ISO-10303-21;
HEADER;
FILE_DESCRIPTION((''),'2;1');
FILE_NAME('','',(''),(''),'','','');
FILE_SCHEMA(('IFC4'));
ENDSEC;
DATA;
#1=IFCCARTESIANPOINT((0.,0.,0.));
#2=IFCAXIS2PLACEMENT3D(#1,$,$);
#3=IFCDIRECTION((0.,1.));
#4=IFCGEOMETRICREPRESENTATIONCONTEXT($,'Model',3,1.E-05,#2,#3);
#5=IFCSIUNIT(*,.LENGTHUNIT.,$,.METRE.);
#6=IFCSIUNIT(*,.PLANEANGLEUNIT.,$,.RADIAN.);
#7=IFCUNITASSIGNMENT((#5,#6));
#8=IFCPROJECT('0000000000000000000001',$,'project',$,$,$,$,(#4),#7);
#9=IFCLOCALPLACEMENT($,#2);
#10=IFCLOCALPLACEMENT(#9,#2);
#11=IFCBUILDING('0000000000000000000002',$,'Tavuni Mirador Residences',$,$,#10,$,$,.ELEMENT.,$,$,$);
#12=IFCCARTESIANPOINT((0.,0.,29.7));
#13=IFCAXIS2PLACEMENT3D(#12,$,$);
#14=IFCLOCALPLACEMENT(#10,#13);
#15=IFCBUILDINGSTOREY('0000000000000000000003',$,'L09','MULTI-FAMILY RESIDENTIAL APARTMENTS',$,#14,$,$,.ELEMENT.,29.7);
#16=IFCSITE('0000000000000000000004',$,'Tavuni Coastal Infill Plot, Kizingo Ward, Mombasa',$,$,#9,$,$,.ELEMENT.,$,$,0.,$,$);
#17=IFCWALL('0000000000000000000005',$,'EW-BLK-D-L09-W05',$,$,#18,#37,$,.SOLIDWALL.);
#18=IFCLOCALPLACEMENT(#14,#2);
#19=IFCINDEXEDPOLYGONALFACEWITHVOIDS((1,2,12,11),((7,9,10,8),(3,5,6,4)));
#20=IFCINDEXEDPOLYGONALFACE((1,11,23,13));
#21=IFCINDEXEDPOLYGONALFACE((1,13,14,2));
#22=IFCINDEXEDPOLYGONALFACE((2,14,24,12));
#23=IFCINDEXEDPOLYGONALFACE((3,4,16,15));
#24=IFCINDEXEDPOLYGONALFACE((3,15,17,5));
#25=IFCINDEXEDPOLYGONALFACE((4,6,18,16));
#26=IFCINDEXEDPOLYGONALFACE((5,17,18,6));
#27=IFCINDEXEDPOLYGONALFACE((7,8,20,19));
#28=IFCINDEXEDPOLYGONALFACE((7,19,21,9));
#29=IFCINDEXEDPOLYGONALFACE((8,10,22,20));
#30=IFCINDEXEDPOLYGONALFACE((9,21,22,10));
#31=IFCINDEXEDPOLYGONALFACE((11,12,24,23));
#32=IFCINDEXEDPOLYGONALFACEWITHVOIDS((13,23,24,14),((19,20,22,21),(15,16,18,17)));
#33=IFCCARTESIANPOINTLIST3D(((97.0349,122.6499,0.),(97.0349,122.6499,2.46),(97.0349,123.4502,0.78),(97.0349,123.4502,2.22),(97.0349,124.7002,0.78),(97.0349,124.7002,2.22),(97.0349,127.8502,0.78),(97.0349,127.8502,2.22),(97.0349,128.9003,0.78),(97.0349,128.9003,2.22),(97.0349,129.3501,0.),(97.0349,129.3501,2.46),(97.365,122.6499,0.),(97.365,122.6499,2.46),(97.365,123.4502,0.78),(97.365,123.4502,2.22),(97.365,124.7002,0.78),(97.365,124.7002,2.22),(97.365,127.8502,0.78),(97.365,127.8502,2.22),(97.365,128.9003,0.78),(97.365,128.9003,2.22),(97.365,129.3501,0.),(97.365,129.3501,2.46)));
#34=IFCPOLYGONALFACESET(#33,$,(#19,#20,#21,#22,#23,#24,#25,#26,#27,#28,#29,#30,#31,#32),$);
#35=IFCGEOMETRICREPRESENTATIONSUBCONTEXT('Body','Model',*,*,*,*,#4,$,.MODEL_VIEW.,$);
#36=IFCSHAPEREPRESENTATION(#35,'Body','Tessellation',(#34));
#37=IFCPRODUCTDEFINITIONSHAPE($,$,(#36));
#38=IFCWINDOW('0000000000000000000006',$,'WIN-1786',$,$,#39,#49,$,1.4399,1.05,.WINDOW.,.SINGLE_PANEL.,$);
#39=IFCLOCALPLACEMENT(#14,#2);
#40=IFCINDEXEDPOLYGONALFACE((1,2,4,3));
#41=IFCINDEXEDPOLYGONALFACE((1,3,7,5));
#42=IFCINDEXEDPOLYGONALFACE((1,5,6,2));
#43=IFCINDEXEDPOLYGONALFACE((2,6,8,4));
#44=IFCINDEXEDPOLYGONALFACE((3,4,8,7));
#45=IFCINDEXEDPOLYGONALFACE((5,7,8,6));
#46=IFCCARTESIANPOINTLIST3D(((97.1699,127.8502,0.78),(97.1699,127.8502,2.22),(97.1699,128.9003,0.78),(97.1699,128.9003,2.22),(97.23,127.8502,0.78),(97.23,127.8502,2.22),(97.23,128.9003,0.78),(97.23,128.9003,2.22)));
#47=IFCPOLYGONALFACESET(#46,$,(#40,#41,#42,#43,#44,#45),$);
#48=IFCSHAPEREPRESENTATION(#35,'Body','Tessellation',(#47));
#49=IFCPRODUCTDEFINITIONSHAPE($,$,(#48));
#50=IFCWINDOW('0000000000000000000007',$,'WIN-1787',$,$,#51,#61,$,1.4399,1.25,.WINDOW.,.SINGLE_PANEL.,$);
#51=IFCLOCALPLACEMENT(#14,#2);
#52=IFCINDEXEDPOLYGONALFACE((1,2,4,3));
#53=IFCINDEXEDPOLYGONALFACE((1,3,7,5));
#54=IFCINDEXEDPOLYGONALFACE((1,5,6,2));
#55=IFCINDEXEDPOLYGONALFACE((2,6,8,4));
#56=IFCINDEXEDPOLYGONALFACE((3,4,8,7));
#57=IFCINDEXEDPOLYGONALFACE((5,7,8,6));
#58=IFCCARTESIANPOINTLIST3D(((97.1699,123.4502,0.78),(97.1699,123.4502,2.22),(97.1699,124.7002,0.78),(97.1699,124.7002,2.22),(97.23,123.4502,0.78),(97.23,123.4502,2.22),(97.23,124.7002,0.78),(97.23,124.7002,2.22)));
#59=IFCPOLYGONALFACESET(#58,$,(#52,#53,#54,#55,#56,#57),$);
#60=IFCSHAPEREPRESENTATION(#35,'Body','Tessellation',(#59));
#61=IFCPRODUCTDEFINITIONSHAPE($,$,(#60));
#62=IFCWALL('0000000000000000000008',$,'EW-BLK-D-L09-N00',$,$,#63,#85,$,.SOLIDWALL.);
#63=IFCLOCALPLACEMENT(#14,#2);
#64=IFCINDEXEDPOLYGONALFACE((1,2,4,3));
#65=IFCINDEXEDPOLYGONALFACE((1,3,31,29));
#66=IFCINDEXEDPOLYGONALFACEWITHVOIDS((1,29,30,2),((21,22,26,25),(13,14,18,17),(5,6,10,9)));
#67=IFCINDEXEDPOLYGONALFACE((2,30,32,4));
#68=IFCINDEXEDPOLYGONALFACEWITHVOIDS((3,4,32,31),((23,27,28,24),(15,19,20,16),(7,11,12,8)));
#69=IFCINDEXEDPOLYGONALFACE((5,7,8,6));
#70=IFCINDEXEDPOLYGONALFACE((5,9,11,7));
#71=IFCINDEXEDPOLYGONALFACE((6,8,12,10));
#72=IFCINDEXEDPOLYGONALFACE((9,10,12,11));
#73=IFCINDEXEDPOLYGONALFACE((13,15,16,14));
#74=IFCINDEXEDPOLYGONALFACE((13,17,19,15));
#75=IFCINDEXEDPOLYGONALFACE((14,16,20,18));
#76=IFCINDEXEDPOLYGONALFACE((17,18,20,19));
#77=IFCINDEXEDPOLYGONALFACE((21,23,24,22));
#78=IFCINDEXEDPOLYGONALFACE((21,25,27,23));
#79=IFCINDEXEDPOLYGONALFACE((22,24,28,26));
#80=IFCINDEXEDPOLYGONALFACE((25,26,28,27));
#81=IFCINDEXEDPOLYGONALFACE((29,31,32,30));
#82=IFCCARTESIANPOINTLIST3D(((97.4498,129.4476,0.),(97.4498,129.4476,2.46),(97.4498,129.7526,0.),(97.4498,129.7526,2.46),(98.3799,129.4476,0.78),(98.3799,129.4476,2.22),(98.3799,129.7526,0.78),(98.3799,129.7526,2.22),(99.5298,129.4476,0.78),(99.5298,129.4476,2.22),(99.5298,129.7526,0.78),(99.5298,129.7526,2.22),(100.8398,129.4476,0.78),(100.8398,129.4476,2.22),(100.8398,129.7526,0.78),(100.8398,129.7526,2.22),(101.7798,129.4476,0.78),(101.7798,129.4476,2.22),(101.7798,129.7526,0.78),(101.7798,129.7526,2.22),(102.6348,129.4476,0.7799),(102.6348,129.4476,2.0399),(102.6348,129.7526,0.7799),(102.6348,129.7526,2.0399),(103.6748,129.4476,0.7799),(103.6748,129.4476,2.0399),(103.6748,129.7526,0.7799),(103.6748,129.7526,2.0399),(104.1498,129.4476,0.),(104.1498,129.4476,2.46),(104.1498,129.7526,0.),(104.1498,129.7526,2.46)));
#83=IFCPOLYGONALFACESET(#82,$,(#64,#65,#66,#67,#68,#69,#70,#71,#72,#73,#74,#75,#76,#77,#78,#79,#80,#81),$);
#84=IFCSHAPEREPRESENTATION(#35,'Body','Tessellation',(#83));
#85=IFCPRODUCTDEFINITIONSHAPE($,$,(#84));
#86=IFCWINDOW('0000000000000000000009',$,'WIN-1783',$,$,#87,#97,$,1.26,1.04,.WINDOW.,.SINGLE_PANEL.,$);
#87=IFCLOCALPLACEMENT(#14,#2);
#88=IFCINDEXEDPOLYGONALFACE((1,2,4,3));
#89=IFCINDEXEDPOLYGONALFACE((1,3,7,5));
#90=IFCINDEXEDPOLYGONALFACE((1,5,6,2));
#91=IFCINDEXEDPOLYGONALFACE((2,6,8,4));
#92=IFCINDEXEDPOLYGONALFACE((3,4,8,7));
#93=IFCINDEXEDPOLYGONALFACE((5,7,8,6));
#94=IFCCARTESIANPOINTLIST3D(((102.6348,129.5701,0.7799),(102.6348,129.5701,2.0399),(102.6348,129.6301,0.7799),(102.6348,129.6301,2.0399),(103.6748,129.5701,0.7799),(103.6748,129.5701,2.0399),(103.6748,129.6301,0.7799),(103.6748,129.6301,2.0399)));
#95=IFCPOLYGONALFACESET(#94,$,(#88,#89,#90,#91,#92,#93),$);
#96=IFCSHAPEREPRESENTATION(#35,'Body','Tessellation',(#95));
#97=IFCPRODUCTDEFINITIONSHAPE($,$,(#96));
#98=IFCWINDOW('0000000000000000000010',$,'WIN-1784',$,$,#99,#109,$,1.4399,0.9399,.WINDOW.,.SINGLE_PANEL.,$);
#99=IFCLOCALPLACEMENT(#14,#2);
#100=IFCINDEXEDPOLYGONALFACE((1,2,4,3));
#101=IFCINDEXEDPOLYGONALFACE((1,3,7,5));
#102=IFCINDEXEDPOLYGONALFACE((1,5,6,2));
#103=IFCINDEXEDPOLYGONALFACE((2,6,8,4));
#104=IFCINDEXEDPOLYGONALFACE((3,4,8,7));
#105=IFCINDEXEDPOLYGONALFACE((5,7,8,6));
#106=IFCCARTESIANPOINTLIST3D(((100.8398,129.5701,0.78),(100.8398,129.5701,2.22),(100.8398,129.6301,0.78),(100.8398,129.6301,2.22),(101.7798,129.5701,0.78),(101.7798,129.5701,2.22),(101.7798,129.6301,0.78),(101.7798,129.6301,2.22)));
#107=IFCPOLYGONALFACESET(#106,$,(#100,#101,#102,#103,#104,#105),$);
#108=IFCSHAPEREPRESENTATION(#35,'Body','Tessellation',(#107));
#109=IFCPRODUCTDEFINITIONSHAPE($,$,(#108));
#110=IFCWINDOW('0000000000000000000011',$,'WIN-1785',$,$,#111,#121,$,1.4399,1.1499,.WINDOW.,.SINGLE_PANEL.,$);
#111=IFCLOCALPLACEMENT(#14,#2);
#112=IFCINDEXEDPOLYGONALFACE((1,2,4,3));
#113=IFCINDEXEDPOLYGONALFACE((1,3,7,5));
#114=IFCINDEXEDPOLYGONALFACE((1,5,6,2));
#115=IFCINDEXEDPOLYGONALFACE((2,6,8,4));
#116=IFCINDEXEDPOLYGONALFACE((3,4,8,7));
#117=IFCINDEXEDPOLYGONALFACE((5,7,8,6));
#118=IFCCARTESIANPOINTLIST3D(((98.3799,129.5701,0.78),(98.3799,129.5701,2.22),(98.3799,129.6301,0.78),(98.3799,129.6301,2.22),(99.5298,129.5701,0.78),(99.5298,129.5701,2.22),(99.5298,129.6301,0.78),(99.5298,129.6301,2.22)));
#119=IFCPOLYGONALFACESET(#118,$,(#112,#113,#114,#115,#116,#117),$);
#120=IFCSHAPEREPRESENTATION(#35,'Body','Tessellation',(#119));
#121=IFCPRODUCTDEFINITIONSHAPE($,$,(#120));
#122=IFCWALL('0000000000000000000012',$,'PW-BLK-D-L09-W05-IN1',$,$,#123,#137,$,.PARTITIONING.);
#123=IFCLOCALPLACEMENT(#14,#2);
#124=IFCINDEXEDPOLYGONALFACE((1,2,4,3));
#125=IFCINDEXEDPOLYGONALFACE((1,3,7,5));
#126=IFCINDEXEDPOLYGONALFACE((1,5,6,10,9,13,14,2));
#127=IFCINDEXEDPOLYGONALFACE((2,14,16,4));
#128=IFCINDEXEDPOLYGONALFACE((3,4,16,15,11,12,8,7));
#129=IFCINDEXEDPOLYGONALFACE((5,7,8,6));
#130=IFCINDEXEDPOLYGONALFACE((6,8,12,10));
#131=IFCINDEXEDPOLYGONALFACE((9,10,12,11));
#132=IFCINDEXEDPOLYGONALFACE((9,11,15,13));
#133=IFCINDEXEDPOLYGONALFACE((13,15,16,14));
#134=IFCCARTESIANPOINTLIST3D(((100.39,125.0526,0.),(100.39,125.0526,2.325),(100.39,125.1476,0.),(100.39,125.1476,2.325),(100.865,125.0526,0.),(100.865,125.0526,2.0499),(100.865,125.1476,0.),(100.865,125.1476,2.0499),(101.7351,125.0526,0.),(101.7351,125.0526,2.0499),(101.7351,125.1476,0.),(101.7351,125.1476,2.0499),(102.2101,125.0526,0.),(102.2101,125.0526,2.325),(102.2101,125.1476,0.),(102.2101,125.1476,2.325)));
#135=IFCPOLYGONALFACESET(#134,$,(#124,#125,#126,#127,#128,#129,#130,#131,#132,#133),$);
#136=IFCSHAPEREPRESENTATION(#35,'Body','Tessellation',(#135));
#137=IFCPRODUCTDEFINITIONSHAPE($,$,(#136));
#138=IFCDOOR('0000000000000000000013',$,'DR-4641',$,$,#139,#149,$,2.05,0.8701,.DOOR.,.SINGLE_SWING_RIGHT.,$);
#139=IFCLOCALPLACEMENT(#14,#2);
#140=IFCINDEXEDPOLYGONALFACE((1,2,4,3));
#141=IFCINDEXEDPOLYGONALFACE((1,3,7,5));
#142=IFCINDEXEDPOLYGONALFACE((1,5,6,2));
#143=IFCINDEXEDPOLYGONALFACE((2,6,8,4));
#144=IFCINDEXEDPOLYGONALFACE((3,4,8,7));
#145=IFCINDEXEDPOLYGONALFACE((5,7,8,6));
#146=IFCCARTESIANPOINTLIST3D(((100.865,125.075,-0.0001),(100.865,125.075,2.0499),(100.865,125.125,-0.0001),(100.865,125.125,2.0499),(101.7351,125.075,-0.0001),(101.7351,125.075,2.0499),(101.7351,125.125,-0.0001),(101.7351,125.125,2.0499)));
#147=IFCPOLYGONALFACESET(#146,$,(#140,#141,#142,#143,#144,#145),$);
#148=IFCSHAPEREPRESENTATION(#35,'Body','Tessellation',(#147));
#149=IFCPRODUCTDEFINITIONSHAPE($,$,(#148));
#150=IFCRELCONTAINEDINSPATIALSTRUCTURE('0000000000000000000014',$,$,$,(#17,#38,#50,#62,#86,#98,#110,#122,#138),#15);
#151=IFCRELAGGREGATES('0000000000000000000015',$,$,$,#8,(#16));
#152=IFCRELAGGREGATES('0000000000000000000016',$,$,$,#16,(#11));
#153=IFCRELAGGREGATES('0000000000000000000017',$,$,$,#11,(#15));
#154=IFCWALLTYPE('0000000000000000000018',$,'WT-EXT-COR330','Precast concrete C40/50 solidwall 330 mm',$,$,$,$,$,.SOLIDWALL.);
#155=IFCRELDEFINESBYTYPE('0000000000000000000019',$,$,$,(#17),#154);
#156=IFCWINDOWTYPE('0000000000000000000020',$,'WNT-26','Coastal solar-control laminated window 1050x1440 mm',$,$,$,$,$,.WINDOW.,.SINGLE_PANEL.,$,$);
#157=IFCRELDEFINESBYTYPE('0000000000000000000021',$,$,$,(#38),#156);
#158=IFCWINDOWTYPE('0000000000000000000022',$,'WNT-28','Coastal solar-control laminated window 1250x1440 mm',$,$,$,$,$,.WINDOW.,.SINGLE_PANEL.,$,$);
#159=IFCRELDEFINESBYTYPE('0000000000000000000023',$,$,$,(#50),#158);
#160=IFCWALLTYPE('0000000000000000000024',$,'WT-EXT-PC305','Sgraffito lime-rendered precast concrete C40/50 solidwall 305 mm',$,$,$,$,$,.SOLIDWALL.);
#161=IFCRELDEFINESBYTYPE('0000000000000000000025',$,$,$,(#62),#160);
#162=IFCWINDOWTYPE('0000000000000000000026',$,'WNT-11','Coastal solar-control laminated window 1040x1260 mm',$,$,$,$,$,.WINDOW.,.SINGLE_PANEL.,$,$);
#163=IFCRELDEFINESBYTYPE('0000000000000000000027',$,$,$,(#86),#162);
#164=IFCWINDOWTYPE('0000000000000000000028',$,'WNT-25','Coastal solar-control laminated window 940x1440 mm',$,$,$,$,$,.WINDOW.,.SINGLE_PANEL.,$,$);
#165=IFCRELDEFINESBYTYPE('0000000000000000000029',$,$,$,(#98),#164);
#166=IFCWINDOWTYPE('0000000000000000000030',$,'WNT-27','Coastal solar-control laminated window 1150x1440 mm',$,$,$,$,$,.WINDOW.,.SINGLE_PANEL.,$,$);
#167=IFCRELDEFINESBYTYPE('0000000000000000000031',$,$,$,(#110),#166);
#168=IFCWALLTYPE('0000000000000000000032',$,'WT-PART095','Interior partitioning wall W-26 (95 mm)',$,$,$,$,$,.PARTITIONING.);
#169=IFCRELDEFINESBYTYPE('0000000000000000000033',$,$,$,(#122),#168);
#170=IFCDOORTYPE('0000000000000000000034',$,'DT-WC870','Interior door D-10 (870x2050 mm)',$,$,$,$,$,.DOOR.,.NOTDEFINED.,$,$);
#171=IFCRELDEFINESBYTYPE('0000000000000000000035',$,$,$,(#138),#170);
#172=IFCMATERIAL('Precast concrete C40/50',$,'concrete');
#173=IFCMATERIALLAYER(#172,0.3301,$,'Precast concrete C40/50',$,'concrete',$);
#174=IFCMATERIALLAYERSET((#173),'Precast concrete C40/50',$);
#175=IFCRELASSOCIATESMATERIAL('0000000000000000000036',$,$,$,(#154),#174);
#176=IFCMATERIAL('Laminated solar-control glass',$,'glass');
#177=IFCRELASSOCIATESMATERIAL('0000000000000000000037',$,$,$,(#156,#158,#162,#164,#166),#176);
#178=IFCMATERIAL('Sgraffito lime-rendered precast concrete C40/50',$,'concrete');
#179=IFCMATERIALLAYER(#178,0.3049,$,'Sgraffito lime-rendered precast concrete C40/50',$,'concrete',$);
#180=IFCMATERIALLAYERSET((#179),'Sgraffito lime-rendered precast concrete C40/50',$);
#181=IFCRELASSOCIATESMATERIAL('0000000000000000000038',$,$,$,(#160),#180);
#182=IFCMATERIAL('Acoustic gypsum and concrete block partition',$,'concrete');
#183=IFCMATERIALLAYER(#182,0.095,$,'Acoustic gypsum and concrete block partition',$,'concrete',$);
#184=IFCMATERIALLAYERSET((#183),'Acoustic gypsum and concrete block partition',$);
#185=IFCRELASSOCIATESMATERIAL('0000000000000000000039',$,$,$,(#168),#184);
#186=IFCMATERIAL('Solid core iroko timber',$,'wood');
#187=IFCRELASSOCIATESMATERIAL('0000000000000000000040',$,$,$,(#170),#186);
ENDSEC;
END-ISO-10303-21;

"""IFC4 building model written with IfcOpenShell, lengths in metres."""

from ifc_helpers import new_model, si_unit, direction, frame, frame_2d, origin, place, context, subcontext, project, spatial, rectangle, extrude, material, layer, layer_set, type_object, element, fill, save


model = new_model("IFC4")

# Units and contexts
model_context = context("Model", 3, precision=1e-05, world=origin(), true_north=direction((0.0, 1.0)))
body_context = subcontext(model_context, "Body", "Model", "MODEL_VIEW")
ifc_project = project(units=[si_unit("LENGTHUNIT", "METRE"), si_unit("PLANEANGLEUNIT", "RADIAN")], contexts=[model_context])

# Site, building, storey
site_placement = place(None, origin())
site = spatial("IfcSite", under=ifc_project, at=site_placement, Name="Tavuni Coastal Infill Plot, Kizingo Ward, Mombasa", CompositionType="ELEMENT", RefElevation=0.0)
building_placement = place(site_placement, origin())
building = spatial("IfcBuilding", under=site, at=building_placement, Name="Tavuni Mirador Residences", CompositionType="ELEMENT")
storey_placement = place(building_placement, frame((0.0, 0.0, 29.7)))
storey = spatial("IfcBuildingStorey", under=building, at=storey_placement, Name="L09", Description="MULTI-FAMILY RESIDENTIAL APARTMENTS", CompositionType="ELEMENT", Elevation=29.7)

# Shared definitions
ifc_material_1 = material(Name="Precast concrete C40/50", Category="concrete")

# Shared definitions
ifc_material_2 = material(Name="Solid core iroko timber", Category="wood")

# Walls, openings, windows
ifc_layer_1 = layer(ifc_material_1, 0.3301, Name="Precast concrete C40/50", Category="concrete")
ifc_layer_set_1 = layer_set([ifc_layer_1], Name="Precast concrete C40/50")
wall_type_1 = type_object("IfcWallType", Name="WT-EXT-COR330", Description="Precast concrete C40/50 solidwall 330 mm", PredefinedType="SOLIDWALL", material=ifc_layer_set_1)
wall_1_placement = place(storey_placement, frame((97.2, 129.3501, 0.0), z_axis=(0.0, 0.0, 1.0), x_axis=(0.0, -1.0, 0.0)))
wall_1 = element("IfcWall", 1, at=wall_1_placement, inside=storey, type_object=wall_type_1, Name="EW-BLK-D-L09-W05", PredefinedType="SOLIDWALL", context=body_context, shape_type="SweptSolid", body=[
    extrude(rectangle(XDim=6.7002, YDim=0.3301, at=frame_2d((3.3501, 0.0))), origin(), (0.0, 0.0, 1.0), 2.46),
])
opening_1_placement = place(wall_1_placement, frame((0.45, 0.0, 0.78)))
opening_1 = element("IfcOpeningElement", 2, at=opening_1_placement, cuts=wall_1, PredefinedType="OPENING", context=body_context, shape_type="SweptSolid", body=[
    extrude(rectangle(XDim=1.05, YDim=1.4399, at=frame_2d((0.5249, 0.72))), frame((0.0, 0.175, 0.0), z_axis=(0.0, -1.0, 0.0), x_axis=(1.0, 0.0, 0.0)), (0.0, 0.0, 1.0), 0.3501),
])
opening_2_placement = place(wall_1_placement, frame((4.6499, 0.0, 0.78)))
opening_2 = element("IfcOpeningElement", 3, at=opening_2_placement, cuts=wall_1, PredefinedType="OPENING", context=body_context, shape_type="SweptSolid", body=[
    extrude(rectangle(XDim=1.25, YDim=1.4399, at=frame_2d((0.625, 0.72))), frame((0.0, 0.175, 0.0), z_axis=(0.0, -1.0, 0.0), x_axis=(1.0, 0.0, 0.0)), (0.0, 0.0, 1.0), 0.3501),
])
ifc_material_3 = material(Name="Laminated solar-control glass", Category="glass")
window_type_1 = type_object("IfcWindowType", Name="WNT-26", Description="Coastal solar-control laminated window 1050x1440 mm", PartitioningType="SINGLE_PANEL", PredefinedType="WINDOW", material=ifc_material_3)
window_1_placement = place(opening_1_placement, origin())
window_1 = element("IfcWindow", 4, at=window_1_placement, inside=storey, type_object=window_type_1, Name="WIN-1786", OverallHeight=1.4399, OverallWidth=1.05, PartitioningType="SINGLE_PANEL", PredefinedType="WINDOW", context=body_context, shape_type="SweptSolid", body=[
    extrude(rectangle(XDim=1.05, YDim=1.4399, at=frame_2d((0.5249, 0.72))), frame((0.0, 0.03, 0.0), z_axis=(0.0, -1.0, 0.0), x_axis=(1.0, 0.0, 0.0)), (0.0, 0.0, 1.0), 0.0601),
])
fill(opening_1, window_1)
window_type_2 = type_object("IfcWindowType", Name="WNT-28", Description="Coastal solar-control laminated window 1250x1440 mm", PartitioningType="SINGLE_PANEL", PredefinedType="WINDOW", material=ifc_material_3)
window_2_placement = place(opening_2_placement, origin())
window_2 = element("IfcWindow", 5, at=window_2_placement, inside=storey, type_object=window_type_2, Name="WIN-1787", OverallHeight=1.4399, OverallWidth=1.25, PartitioningType="SINGLE_PANEL", PredefinedType="WINDOW", context=body_context, shape_type="SweptSolid", body=[
    extrude(rectangle(XDim=1.25, YDim=1.4399, at=frame_2d((0.625, 0.72))), frame((0.0, 0.03, 0.0), z_axis=(0.0, -1.0, 0.0), x_axis=(1.0, 0.0, 0.0)), (0.0, 0.0, 1.0), 0.0601),
])
fill(opening_2, window_2)
ifc_material_4 = material(Name="Sgraffito lime-rendered precast concrete C40/50", Category="concrete")
ifc_layer_2 = layer(ifc_material_4, 0.3049, Name="Sgraffito lime-rendered precast concrete C40/50", Category="concrete")
ifc_layer_set_2 = layer_set([ifc_layer_2], Name="Sgraffito lime-rendered precast concrete C40/50")
wall_type_2 = type_object("IfcWallType", Name="WT-EXT-PC305", Description="Sgraffito lime-rendered precast concrete C40/50 solidwall 305 mm", PredefinedType="SOLIDWALL", material=ifc_layer_set_2)
wall_2_placement = place(storey_placement, frame((104.1499, 129.6001, 0.0), z_axis=(0.0, 0.0, 1.0), x_axis=(-1.0, 0.0, 0.0)))
wall_2 = element("IfcWall", 6, at=wall_2_placement, inside=storey, type_object=wall_type_2, Name="EW-BLK-D-L09-N00", PredefinedType="SOLIDWALL", context=body_context, shape_type="SweptSolid", body=[
    extrude(rectangle(XDim=6.7, YDim=0.3049, at=frame_2d((3.3501, 0.0))), origin(), (0.0, 0.0, 1.0), 2.46),
])
opening_3_placement = place(wall_2_placement, frame((0.4751, 0.0, 0.78)))
opening_3 = element("IfcOpeningElement", 7, at=opening_3_placement, cuts=wall_2, PredefinedType="OPENING", context=body_context, shape_type="SweptSolid", body=[
    extrude(rectangle(XDim=1.04, YDim=1.26, at=frame_2d((0.52, 0.6299))), frame((0.0, 0.1626, 0.0), z_axis=(0.0, -1.0, 0.0), x_axis=(1.0, 0.0, 0.0)), (0.0, 0.0, 1.0), 0.325),
])
opening_4_placement = place(wall_2_placement, frame((2.3701, 0.0, 0.78)))
opening_4 = element("IfcOpeningElement", 8, at=opening_4_placement, cuts=wall_2, PredefinedType="OPENING", context=body_context, shape_type="SweptSolid", body=[
    extrude(rectangle(XDim=0.9399, YDim=1.4399, at=frame_2d((0.47, 0.72))), frame((0.0, 0.1626, 0.0), z_axis=(0.0, -1.0, 0.0), x_axis=(1.0, 0.0, 0.0)), (0.0, 0.0, 1.0), 0.325),
])
opening_5_placement = place(wall_2_placement, frame((4.6201, 0.0, 0.78)))
opening_5 = element("IfcOpeningElement", 9, at=opening_5_placement, cuts=wall_2, PredefinedType="OPENING", context=body_context, shape_type="SweptSolid", body=[
    extrude(rectangle(XDim=1.1499, YDim=1.4399, at=frame_2d((0.575, 0.72))), frame((0.0, 0.1626, 0.0), z_axis=(0.0, -1.0, 0.0), x_axis=(1.0, 0.0, 0.0)), (0.0, 0.0, 1.0), 0.325),
])
window_type_3 = type_object("IfcWindowType", Name="WNT-11", Description="Coastal solar-control laminated window 1040x1260 mm", PartitioningType="SINGLE_PANEL", PredefinedType="WINDOW", material=ifc_material_3)
window_3_placement = place(opening_3_placement, origin())
window_3 = element("IfcWindow", 10, at=window_3_placement, inside=storey, type_object=window_type_3, Name="WIN-1783", OverallHeight=1.26, OverallWidth=1.04, PartitioningType="SINGLE_PANEL", PredefinedType="WINDOW", context=body_context, shape_type="SweptSolid", body=[
    extrude(rectangle(XDim=1.04, YDim=1.26, at=frame_2d((0.52, 0.6299))), frame((0.0, 0.03, 0.0), z_axis=(0.0, -1.0, 0.0), x_axis=(1.0, 0.0, 0.0)), (0.0, 0.0, 1.0), 0.0601),
])
fill(opening_3, window_3)
window_type_4 = type_object("IfcWindowType", Name="WNT-25", Description="Coastal solar-control laminated window 940x1440 mm", PartitioningType="SINGLE_PANEL", PredefinedType="WINDOW", material=ifc_material_3)
window_4_placement = place(opening_4_placement, origin())
window_4 = element("IfcWindow", 11, at=window_4_placement, inside=storey, type_object=window_type_4, Name="WIN-1784", OverallHeight=1.4399, OverallWidth=0.9399, PartitioningType="SINGLE_PANEL", PredefinedType="WINDOW", context=body_context, shape_type="SweptSolid", body=[
    extrude(rectangle(XDim=0.9399, YDim=1.4399, at=frame_2d((0.47, 0.72))), frame((0.0, 0.03, 0.0), z_axis=(0.0, -1.0, 0.0), x_axis=(1.0, 0.0, 0.0)), (0.0, 0.0, 1.0), 0.0601),
])
fill(opening_4, window_4)
window_type_5 = type_object("IfcWindowType", Name="WNT-27", Description="Coastal solar-control laminated window 1150x1440 mm", PartitioningType="SINGLE_PANEL", PredefinedType="WINDOW", material=ifc_material_3)
window_5_placement = place(opening_5_placement, origin())
window_5 = element("IfcWindow", 12, at=window_5_placement, inside=storey, type_object=window_type_5, Name="WIN-1785", OverallHeight=1.4399, OverallWidth=1.1499, PartitioningType="SINGLE_PANEL", PredefinedType="WINDOW", context=body_context, shape_type="SweptSolid", body=[
    extrude(rectangle(XDim=1.1499, YDim=1.4399, at=frame_2d((0.575, 0.72))), frame((0.0, 0.03, 0.0), z_axis=(0.0, -1.0, 0.0), x_axis=(1.0, 0.0, 0.0)), (0.0, 0.0, 1.0), 0.0601),
])
fill(opening_5, window_5)

# Wall, opening, door
ifc_material_5 = material(Name="Acoustic gypsum and concrete block partition", Category="concrete")
ifc_layer_3 = layer(ifc_material_5, 0.095, Name="Acoustic gypsum and concrete block partition", Category="concrete")
ifc_layer_set_3 = layer_set([ifc_layer_3], Name="Acoustic gypsum and concrete block partition")
wall_type_3 = type_object("IfcWallType", Name="WT-PART095", Description="Interior partitioning wall W-26 (95 mm)", PredefinedType="PARTITIONING", material=ifc_layer_set_3)
wall_3_placement = place(storey_placement, frame((100.3899, 125.1001, 0.0), z_axis=(0.0, 0.0, 1.0), x_axis=(1.0, 0.0, 0.0)))
wall_3 = element("IfcWall", 13, at=wall_3_placement, inside=storey, type_object=wall_type_3, Name="PW-BLK-D-L09-W05-IN1", PredefinedType="PARTITIONING", context=body_context, shape_type="SweptSolid", body=[
    extrude(rectangle(XDim=1.8201, YDim=0.095, at=frame_2d((0.9102, 0.0))), origin(), (0.0, 0.0, 1.0), 2.325),
])
opening_6_placement = place(wall_3_placement, frame((0.4751, 0.0, 0.0)))
opening_6 = element("IfcOpeningElement", 14, at=opening_6_placement, cuts=wall_3, PredefinedType="OPENING", context=body_context, shape_type="SweptSolid", body=[
    extrude(rectangle(XDim=0.8701, YDim=2.05, at=frame_2d((0.4351, 1.0249))), frame((0.0, 0.0576, 0.0), z_axis=(0.0, -1.0, 0.0), x_axis=(1.0, 0.0, 0.0)), (0.0, 0.0, 1.0), 0.115),
])
door_type_1 = type_object("IfcDoorType", Name="DT-WC870", Description="Interior door D-10 (870x2050 mm)", OperationType="NOTDEFINED", PredefinedType="DOOR", material=ifc_material_2)
door_1_placement = place(opening_6_placement, origin())
door_1 = element("IfcDoor", 15, at=door_1_placement, inside=storey, type_object=door_type_1, Name="DR-4641", OperationType="SINGLE_SWING_RIGHT", OverallHeight=2.05, OverallWidth=0.8701, PredefinedType="DOOR", context=body_context, shape_type="SweptSolid", body=[
    extrude(rectangle(XDim=0.8701, YDim=2.05, at=frame_2d((0.4351, 1.0249))), frame((0.0, 0.0249, 0.0), z_axis=(0.0, -1.0, 0.0), x_axis=(1.0, 0.0, 0.0)), (0.0, 0.0, 1.0), 0.05),
])
fill(opening_6, door_1)

save(model, "model.ifc")
